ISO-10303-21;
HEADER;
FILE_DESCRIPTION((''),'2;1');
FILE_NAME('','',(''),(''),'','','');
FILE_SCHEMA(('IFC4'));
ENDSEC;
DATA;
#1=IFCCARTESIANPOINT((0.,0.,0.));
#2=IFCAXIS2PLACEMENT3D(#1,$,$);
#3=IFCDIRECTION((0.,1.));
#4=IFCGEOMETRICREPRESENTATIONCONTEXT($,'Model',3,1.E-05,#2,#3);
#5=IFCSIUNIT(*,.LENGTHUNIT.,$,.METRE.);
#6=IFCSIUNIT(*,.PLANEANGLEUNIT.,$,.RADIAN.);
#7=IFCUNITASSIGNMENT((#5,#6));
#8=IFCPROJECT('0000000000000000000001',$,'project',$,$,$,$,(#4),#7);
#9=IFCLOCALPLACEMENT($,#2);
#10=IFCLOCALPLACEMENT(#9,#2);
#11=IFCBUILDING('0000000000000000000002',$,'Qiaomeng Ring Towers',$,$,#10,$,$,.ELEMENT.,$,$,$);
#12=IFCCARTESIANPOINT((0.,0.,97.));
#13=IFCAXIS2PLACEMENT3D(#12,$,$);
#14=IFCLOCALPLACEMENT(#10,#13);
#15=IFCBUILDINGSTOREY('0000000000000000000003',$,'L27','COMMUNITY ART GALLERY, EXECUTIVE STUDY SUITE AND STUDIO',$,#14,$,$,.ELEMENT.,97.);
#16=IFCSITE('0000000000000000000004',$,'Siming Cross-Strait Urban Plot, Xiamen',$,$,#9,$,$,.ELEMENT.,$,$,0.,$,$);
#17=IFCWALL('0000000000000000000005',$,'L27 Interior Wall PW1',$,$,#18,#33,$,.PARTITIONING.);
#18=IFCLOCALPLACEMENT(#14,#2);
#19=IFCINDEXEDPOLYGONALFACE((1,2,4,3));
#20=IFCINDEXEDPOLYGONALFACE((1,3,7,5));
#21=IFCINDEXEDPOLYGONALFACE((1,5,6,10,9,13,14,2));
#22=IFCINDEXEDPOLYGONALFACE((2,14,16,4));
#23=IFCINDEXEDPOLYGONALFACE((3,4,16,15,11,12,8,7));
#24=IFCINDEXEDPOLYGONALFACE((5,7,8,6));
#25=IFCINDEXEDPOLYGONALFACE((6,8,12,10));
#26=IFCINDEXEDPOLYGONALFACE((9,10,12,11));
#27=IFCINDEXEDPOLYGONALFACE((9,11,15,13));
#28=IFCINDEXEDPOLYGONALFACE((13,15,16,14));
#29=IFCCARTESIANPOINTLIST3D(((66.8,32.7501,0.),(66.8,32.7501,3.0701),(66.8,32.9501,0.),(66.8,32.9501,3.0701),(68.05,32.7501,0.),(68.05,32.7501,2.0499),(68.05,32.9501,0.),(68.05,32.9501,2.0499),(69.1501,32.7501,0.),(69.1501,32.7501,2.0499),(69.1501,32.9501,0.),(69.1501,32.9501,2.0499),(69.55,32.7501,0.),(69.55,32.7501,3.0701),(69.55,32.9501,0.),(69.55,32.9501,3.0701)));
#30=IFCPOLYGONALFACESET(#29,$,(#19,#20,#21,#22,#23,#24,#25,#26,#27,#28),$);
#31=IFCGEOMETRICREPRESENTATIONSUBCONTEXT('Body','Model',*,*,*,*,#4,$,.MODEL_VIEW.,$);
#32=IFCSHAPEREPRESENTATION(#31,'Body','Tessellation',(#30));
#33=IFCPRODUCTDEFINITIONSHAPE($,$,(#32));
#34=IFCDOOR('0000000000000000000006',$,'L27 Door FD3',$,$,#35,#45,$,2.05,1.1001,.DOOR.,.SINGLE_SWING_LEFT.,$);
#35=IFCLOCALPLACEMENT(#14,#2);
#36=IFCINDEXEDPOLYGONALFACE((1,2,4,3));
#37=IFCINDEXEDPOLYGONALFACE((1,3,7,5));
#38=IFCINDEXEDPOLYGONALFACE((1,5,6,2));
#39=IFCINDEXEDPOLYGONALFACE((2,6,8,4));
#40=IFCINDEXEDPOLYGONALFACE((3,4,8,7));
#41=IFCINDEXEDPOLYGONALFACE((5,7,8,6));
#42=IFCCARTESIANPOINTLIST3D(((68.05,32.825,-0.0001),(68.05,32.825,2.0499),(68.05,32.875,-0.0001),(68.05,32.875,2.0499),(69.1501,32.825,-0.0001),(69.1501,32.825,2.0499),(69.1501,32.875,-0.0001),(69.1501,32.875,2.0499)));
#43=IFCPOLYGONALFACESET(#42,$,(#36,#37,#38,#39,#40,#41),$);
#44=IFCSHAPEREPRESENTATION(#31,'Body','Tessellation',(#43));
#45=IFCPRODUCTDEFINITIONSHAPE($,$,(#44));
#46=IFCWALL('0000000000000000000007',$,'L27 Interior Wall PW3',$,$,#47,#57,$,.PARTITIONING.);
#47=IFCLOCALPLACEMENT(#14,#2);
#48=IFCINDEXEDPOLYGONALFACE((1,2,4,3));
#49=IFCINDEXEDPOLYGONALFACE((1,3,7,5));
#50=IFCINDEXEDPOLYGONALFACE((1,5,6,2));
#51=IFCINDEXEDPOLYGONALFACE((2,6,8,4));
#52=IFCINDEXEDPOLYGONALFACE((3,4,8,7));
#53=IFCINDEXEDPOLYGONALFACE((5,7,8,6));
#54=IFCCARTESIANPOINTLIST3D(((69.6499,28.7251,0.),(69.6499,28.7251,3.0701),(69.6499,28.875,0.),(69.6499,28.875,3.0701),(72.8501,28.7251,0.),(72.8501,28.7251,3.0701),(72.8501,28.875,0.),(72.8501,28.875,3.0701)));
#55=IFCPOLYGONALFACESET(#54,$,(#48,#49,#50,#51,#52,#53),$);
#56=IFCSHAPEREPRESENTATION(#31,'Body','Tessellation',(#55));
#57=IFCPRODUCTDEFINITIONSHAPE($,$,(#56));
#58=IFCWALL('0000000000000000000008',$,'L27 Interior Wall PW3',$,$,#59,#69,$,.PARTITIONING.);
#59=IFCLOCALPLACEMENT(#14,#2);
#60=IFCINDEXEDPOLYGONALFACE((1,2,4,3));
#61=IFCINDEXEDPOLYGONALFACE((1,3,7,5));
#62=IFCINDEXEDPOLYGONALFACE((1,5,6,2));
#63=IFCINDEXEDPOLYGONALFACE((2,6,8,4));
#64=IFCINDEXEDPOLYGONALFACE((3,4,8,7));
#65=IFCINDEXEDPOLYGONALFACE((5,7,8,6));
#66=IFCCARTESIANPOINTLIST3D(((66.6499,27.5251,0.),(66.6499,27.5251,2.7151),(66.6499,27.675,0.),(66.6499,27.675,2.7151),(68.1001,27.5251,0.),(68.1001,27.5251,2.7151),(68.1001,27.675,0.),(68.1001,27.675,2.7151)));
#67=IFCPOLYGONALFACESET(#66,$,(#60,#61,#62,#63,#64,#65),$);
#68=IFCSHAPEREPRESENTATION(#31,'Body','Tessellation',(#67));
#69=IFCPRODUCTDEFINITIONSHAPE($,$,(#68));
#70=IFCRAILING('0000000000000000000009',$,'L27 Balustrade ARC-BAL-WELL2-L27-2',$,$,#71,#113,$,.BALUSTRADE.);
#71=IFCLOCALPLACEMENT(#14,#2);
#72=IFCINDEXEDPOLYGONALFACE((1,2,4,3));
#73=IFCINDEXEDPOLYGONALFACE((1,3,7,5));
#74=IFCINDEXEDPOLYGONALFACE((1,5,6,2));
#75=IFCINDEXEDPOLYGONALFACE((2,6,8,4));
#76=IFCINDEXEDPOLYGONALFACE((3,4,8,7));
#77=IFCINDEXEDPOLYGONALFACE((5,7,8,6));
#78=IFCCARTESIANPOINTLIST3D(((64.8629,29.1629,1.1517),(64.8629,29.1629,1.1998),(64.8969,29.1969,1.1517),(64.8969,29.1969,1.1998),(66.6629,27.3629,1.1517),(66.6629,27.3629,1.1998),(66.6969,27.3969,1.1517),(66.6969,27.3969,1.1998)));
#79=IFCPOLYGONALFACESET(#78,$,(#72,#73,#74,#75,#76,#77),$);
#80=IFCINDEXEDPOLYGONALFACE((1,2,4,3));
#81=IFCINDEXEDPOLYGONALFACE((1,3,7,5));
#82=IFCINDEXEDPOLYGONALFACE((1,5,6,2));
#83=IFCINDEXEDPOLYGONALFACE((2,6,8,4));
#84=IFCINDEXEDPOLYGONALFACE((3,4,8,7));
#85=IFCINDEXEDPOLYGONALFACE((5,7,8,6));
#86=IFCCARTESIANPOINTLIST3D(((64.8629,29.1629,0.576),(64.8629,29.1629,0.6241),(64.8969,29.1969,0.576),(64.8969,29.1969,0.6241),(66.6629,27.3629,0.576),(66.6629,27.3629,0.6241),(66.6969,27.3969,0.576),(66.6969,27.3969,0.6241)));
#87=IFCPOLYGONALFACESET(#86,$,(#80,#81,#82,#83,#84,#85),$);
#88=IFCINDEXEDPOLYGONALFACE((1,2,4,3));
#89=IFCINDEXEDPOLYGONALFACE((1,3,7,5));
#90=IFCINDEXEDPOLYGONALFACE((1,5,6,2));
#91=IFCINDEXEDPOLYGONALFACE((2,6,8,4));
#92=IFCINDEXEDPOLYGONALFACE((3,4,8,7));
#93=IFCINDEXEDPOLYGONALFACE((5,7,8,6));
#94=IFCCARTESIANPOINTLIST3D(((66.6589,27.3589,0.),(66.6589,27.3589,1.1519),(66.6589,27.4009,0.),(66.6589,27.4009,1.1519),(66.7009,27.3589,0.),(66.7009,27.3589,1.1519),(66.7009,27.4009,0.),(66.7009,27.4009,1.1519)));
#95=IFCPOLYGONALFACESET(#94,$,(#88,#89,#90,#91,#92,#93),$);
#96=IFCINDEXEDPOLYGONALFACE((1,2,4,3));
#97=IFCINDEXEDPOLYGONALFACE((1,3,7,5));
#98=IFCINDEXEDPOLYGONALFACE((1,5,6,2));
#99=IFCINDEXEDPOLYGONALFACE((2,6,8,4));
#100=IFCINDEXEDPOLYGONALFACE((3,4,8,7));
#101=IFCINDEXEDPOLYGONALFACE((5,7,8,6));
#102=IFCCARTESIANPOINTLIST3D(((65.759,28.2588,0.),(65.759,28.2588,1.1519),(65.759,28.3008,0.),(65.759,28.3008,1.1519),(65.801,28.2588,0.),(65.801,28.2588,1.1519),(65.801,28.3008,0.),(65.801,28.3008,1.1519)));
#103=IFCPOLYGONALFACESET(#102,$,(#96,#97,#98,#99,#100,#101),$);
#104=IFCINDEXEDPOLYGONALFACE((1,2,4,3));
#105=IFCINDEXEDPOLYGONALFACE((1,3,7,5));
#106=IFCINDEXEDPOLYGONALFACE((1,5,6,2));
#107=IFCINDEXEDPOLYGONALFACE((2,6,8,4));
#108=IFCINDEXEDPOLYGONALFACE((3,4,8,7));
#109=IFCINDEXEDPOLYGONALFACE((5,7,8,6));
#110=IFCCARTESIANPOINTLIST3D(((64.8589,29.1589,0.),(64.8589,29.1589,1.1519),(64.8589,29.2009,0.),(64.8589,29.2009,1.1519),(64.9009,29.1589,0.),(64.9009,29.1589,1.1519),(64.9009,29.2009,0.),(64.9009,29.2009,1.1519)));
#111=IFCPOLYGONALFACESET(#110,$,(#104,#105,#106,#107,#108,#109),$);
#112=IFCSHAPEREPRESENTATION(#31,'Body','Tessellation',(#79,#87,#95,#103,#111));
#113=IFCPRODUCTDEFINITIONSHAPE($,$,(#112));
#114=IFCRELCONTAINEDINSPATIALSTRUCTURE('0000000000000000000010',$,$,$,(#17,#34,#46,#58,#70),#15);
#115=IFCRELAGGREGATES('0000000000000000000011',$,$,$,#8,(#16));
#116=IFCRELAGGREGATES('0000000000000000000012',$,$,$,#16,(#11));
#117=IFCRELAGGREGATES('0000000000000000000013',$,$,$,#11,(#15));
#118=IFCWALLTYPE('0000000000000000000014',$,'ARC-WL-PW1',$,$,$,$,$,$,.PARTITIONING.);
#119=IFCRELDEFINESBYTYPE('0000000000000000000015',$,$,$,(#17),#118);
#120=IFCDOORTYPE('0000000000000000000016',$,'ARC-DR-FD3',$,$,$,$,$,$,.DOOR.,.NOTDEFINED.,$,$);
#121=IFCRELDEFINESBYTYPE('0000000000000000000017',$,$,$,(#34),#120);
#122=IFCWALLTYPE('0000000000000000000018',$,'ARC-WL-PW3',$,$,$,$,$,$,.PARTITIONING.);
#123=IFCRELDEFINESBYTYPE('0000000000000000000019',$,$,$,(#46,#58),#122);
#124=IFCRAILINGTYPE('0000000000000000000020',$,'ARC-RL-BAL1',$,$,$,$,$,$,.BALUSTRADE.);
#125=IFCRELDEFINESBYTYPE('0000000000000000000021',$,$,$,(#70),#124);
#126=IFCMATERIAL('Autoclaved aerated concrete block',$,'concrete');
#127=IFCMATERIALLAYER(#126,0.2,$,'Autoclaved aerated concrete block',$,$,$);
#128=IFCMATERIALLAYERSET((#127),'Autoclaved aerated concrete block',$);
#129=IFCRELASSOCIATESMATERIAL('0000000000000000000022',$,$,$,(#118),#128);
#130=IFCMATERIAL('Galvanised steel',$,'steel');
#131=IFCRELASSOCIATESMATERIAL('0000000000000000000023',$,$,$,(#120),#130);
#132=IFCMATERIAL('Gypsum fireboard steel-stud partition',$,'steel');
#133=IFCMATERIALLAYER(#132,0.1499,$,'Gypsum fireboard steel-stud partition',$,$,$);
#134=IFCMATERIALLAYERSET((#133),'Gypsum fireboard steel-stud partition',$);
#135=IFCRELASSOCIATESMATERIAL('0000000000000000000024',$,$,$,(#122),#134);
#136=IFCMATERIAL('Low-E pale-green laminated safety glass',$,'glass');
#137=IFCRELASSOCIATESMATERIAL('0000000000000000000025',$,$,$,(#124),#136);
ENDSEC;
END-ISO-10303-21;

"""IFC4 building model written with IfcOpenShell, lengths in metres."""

from ifc_helpers import new_model, si_unit, direction, frame, frame_2d, origin, origin_2d, place, context, subcontext, project, spatial, rectangle, extrude, source, transform, mapped, material, layer, layer_set, type_object, element, fill, save


model = new_model("IFC4")

# Units and contexts
model_context = context("Model", 3, precision=1e-05, world=origin(), true_north=direction((0.0, 1.0)))
body_context = subcontext(model_context, "Body", "Model", "MODEL_VIEW")
ifc_project = project(units=[si_unit("LENGTHUNIT", "METRE"), si_unit("PLANEANGLEUNIT", "RADIAN")], contexts=[model_context])

# Site, building, storey
site_placement = place(None, origin())
site = spatial("IfcSite", under=ifc_project, at=site_placement, Name="Siming Cross-Strait Urban Plot, Xiamen", CompositionType="ELEMENT", RefElevation=0.0)
building_placement = place(site_placement, origin())
building = spatial("IfcBuilding", under=site, at=building_placement, Name="Qiaomeng Ring Towers", CompositionType="ELEMENT")
storey_placement = place(building_placement, frame((0.0, 0.0, 97.0)))
storey = spatial("IfcBuildingStorey", under=building, at=storey_placement, Name="L27", Description="COMMUNITY ART GALLERY, EXECUTIVE STUDY SUITE AND STUDIO", CompositionType="ELEMENT", Elevation=97.0)

# Shared definitions
ifc_material_1 = material(Name="Autoclaved aerated concrete block", Category="concrete")
ifc_layer_1 = layer(ifc_material_1, 0.2, Name="Autoclaved aerated concrete block")
ifc_layer_set_1 = layer_set([ifc_layer_1], Name="Autoclaved aerated concrete block")
wall_type_1 = type_object("IfcWallType", Name="ARC-WL-PW1", PredefinedType="PARTITIONING", material=ifc_layer_set_1)

# Wall, opening, door
wall_1_placement = place(storey_placement, frame((66.8, 32.8501, 0.0), z_axis=(0.0, 0.0, 1.0), x_axis=(1.0, 0.0, 0.0)))
wall_1 = element("IfcWall", 1, at=wall_1_placement, inside=storey, type_object=wall_type_1, Name="L27 Interior Wall PW1", PredefinedType="PARTITIONING", context=body_context, shape_type="SweptSolid", body=[
    extrude(rectangle(XDim=2.75, YDim=0.2, at=frame_2d((1.375, 0.0))), origin(), (0.0, 0.0, 1.0), 3.0701),
])
opening_placement = place(wall_1_placement, frame((1.25, 0.0, 0.0)))
opening = element("IfcOpeningElement", 2, at=opening_placement, cuts=wall_1, PredefinedType="OPENING", context=body_context, shape_type="SweptSolid", body=[
    extrude(rectangle(XDim=1.1001, YDim=2.05, at=frame_2d((0.55, 1.0249))), frame((0.0, 0.1099, 0.0), z_axis=(0.0, -1.0, 0.0), x_axis=(1.0, 0.0, 0.0)), (0.0, 0.0, 1.0), 0.22),
])
ifc_material_2 = material(Name="Galvanised steel", Category="steel")
door_type = type_object("IfcDoorType", Name="ARC-DR-FD3", OperationType="NOTDEFINED", PredefinedType="DOOR", material=ifc_material_2)
shared_shape_1 = source(origin(), body_context, "Body", "SweptSolid", [
    extrude(rectangle(XDim=1.1001, YDim=2.05, at=frame_2d((0.55, 1.0249))), frame((0.0, 0.0249, 0.0), z_axis=(0.0, -1.0, 0.0), x_axis=(1.0, 0.0, 0.0)), (0.0, 0.0, 1.0), 0.05),
])
door_placement = place(opening_placement, origin())
door = element("IfcDoor", 3, at=door_placement, inside=storey, type_object=door_type, Name="L27 Door FD3", OperationType="SINGLE_SWING_LEFT", OverallHeight=2.05, OverallWidth=1.1001, PredefinedType="DOOR", context=body_context, shape_type="MappedRepresentation", body=[
    mapped(shared_shape_1, transform((0.0, 0.0, 0.0), x_axis=(1.0, 0.0, 0.0), y_axis=(0.0, 1.0, 0.0), z_axis=(0.0, 0.0, 1.0), scale=1.0)),
])
fill(opening, door)

# Walls
ifc_material_3 = material(Name="Gypsum fireboard steel-stud partition", Category="steel")
ifc_layer_2 = layer(ifc_material_3, 0.1499, Name="Gypsum fireboard steel-stud partition")
ifc_layer_set_2 = layer_set([ifc_layer_2], Name="Gypsum fireboard steel-stud partition")
wall_type_2 = type_object("IfcWallType", Name="ARC-WL-PW3", PredefinedType="PARTITIONING", material=ifc_layer_set_2)
wall_2_placement = place(storey_placement, frame((69.6499, 28.8, 0.0), z_axis=(0.0, 0.0, 1.0), x_axis=(1.0, 0.0, 0.0)))
element("IfcWall", 4, at=wall_2_placement, inside=storey, type_object=wall_type_2, Name="L27 Interior Wall PW3", PredefinedType="PARTITIONING", context=body_context, shape_type="SweptSolid", body=[
    extrude(rectangle(XDim=3.2002, YDim=0.1499, at=frame_2d((1.6001, 0.0))), origin(), (0.0, 0.0, 1.0), 3.0701),
])
wall_3_placement = place(storey_placement, frame((66.6499, 27.6001, 0.0), z_axis=(0.0, 0.0, 1.0), x_axis=(1.0, 0.0, 0.0)))
element("IfcWall", 5, at=wall_3_placement, inside=storey, type_object=wall_type_2, Name="L27 Interior Wall PW3", PredefinedType="PARTITIONING", context=body_context, shape_type="SweptSolid", body=[
    extrude(rectangle(XDim=1.4502, YDim=0.1499, at=frame_2d((0.7251, 0.0))), origin(), (0.0, 0.0, 1.0), 2.7151),
])

# Railing
ifc_material_4 = material(Name="Low-E pale-green laminated safety glass", Category="glass")
railing_type = type_object("IfcRailingType", Name="ARC-RL-BAL1", PredefinedType="BALUSTRADE", material=ifc_material_4)
railing_1_placement = place(storey_placement, frame((66.6799, 27.3799, 0.0)))
element("IfcRailing", 6, at=railing_1_placement, inside=storey, type_object=railing_type, Name="L27 Balustrade ARC-BAL-WELL2-L27-2", PredefinedType="BALUSTRADE", context=body_context, shape_type="SweptSolid", body=[
    extrude(rectangle(XDim=0.0481, YDim=0.0481, at=origin_2d()), frame((0.0, 0.0, 1.1758), z_axis=(-0.707107, 0.707107, 0.0), x_axis=(-0.707107, -0.707107, 0.0)), (0.0, 0.0, 1.0), 2.5457),
    extrude(rectangle(XDim=0.0481, YDim=0.0481, at=origin_2d()), frame((0.0, 0.0, 0.6001), z_axis=(-0.707107, 0.707107, 0.0), x_axis=(-0.707107, -0.707107, 0.0)), (0.0, 0.0, 1.0), 2.5457),
    extrude(rectangle(XDim=0.042, YDim=0.042, at=origin_2d()), origin(), (0.0, 0.0, 1.0), 1.1519),
    extrude(rectangle(XDim=0.042, YDim=0.042, at=origin_2d()), frame((-0.8999, 0.8999, 0.0)), (0.0, 0.0, 1.0), 1.1519),
    extrude(rectangle(XDim=0.042, YDim=0.042, at=origin_2d()), frame((-1.8, 1.8, 0.0)), (0.0, 0.0, 1.0), 1.1519),
])

save(model, "model.ifc")
